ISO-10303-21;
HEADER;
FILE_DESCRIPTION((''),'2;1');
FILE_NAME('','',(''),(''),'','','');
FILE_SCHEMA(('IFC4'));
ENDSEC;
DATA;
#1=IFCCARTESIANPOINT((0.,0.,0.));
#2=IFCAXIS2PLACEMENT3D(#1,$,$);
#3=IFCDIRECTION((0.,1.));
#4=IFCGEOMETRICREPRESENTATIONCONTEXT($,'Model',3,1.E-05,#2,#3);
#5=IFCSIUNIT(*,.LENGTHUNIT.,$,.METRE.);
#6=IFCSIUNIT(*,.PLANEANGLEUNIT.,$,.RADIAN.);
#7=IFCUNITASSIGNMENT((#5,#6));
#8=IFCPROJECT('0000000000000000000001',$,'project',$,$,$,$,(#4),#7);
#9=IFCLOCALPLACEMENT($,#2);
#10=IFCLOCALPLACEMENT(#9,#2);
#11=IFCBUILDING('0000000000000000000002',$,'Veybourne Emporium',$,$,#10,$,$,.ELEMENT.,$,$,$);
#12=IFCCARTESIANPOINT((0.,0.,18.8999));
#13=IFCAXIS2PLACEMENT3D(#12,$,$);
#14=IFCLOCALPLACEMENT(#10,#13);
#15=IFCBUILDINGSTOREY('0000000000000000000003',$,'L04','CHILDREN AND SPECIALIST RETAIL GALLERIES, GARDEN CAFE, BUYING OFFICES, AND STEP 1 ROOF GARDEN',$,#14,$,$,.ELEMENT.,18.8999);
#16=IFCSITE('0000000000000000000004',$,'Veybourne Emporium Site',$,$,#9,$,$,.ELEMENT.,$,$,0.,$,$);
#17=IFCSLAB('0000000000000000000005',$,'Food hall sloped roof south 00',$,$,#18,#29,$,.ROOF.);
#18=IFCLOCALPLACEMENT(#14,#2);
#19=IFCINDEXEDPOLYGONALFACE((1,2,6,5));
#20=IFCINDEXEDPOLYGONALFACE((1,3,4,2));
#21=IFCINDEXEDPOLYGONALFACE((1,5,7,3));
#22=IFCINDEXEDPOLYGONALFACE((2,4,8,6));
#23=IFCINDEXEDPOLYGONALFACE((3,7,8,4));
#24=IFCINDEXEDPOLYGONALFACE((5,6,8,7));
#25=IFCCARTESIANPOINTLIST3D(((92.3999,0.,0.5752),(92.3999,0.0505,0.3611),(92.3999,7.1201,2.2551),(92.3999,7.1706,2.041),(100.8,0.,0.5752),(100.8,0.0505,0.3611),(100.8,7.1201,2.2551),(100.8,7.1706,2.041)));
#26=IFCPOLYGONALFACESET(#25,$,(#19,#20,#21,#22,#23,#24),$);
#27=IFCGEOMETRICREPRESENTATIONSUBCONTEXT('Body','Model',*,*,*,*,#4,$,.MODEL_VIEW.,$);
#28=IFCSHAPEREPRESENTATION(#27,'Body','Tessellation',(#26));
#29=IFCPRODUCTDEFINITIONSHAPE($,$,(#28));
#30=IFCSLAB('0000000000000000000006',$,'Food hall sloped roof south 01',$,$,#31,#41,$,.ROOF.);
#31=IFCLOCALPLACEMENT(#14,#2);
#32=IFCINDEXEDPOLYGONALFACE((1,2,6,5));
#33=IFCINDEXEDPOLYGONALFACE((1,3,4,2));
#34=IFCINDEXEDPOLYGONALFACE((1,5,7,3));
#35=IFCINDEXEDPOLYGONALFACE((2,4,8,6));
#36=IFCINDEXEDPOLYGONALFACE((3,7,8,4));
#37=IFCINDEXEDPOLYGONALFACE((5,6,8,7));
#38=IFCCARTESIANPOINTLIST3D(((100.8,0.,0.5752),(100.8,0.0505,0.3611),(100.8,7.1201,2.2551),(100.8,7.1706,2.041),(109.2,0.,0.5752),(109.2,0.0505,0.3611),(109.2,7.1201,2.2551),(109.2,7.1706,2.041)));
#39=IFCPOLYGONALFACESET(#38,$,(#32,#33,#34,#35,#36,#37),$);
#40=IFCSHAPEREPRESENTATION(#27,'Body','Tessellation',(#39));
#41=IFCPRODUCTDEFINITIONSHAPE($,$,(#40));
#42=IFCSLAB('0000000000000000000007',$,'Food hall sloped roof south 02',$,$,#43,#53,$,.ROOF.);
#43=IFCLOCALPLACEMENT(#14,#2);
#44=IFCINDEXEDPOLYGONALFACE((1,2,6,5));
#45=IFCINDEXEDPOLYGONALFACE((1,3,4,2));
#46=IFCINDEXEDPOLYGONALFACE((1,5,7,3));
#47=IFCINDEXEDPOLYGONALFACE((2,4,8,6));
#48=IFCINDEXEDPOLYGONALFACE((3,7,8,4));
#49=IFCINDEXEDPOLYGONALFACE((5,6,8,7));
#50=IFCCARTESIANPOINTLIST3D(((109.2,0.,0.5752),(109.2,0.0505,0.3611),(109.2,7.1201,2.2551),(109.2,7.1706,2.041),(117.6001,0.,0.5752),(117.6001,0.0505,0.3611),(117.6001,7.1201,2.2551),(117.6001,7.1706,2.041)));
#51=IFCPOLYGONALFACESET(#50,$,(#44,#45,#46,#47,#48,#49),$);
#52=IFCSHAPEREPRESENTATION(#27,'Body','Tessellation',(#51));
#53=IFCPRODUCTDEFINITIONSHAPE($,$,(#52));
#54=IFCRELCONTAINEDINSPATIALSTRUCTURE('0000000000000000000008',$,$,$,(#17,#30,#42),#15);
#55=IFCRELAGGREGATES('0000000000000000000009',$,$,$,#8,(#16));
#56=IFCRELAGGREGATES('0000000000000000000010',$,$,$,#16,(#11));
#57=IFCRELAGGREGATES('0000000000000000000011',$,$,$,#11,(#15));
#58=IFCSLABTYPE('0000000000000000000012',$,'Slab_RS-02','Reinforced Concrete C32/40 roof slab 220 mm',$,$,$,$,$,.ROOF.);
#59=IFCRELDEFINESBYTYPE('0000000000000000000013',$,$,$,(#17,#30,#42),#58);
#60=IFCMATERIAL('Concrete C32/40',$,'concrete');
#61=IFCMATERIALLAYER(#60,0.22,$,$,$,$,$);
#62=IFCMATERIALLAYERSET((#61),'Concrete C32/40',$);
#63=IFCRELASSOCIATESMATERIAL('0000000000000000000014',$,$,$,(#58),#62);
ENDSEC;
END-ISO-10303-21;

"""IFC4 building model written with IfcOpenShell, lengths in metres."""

from ifc_helpers import new_model, si_unit, direction, frame, origin, place, context, subcontext, project, spatial, polyline, outline, extrude, material, layer, layer_set, type_object, element, save


model = new_model("IFC4")

# Units and contexts
model_context = context("Model", 3, precision=1e-05, world=origin(), true_north=direction((0.0, 1.0)))
body_context = subcontext(model_context, "Body", "Model", "MODEL_VIEW")
ifc_project = project(units=[si_unit("LENGTHUNIT", "METRE"), si_unit("PLANEANGLEUNIT", "RADIAN")], contexts=[model_context])

# Site, building, storey
site_placement = place(None, origin())
site = spatial("IfcSite", under=ifc_project, at=site_placement, Name="Veybourne Emporium Site", CompositionType="ELEMENT", RefElevation=0.0)
building_placement = place(site_placement, origin())
building = spatial("IfcBuilding", under=site, at=building_placement, Name="Veybourne Emporium", CompositionType="ELEMENT")
storey_placement = place(building_placement, frame((0.0, 0.0, 18.8999)))
storey = spatial("IfcBuildingStorey", under=building, at=storey_placement, Name="L04", Description="CHILDREN AND SPECIALIST RETAIL GALLERIES, GARDEN CAFE, BUYING OFFICES, AND STEP 1 ROOF GARDEN", CompositionType="ELEMENT", Elevation=18.8999)

# Slabs
ifc_material_1 = material(Name="Concrete C32/40", Category="concrete")
ifc_layer_1 = layer(ifc_material_1, 0.22)
ifc_layer_set_1 = layer_set([ifc_layer_1], Name="Concrete C32/40")
slab_type = type_object("IfcSlabType", Name="Slab_RS-02", Description="Reinforced Concrete C32/40 roof slab 220 mm", PredefinedType="ROOF", material=ifc_layer_set_1)
slab_1_placement = place(storey_placement, frame((92.3999, 0.0, 0.5752), z_axis=(0.0, -0.229636, 0.973276), x_axis=(1.0, 0.0, 0.0)))
element("IfcSlab", 1, at=slab_1_placement, inside=storey, type_object=slab_type, Name="Food hall sloped roof south 00", PredefinedType="ROOF", context=body_context, shape_type="SweptSolid", body=[
    extrude(outline(polyline([(0.0, 0.0), (8.4001, 0.0), (8.4001, 7.3156), (0.0, 7.3156), (0.0, 0.0)])), origin(), (0.0, 0.0, -1.0), 0.22),
])
slab_2_placement = place(storey_placement, frame((100.8, 0.0, 0.5752), z_axis=(0.0, -0.229636, 0.973276), x_axis=(1.0, 0.0, 0.0)))
element("IfcSlab", 2, at=slab_2_placement, inside=storey, type_object=slab_type, Name="Food hall sloped roof south 01", PredefinedType="ROOF", context=body_context, shape_type="SweptSolid", body=[
    extrude(outline(polyline([(0.0, 0.0), (8.3999, 0.0), (8.3999, 7.3156), (0.0, 7.3156), (0.0, 0.0)])), origin(), (0.0, 0.0, -1.0), 0.22),
])
slab_3_placement = place(storey_placement, frame((109.2, 0.0, 0.5752), z_axis=(0.0, -0.229636, 0.973276), x_axis=(1.0, 0.0, 0.0)))
element("IfcSlab", 3, at=slab_3_placement, inside=storey, type_object=slab_type, Name="Food hall sloped roof south 02", PredefinedType="ROOF", context=body_context, shape_type="SweptSolid", body=[
    extrude(outline(polyline([(0.0, 0.0), (8.4001, 0.0), (8.4001, 7.3156), (0.0, 7.3156), (0.0, 0.0)])), origin(), (0.0, 0.0, -1.0), 0.22),
])

save(model, "model.ifc")
